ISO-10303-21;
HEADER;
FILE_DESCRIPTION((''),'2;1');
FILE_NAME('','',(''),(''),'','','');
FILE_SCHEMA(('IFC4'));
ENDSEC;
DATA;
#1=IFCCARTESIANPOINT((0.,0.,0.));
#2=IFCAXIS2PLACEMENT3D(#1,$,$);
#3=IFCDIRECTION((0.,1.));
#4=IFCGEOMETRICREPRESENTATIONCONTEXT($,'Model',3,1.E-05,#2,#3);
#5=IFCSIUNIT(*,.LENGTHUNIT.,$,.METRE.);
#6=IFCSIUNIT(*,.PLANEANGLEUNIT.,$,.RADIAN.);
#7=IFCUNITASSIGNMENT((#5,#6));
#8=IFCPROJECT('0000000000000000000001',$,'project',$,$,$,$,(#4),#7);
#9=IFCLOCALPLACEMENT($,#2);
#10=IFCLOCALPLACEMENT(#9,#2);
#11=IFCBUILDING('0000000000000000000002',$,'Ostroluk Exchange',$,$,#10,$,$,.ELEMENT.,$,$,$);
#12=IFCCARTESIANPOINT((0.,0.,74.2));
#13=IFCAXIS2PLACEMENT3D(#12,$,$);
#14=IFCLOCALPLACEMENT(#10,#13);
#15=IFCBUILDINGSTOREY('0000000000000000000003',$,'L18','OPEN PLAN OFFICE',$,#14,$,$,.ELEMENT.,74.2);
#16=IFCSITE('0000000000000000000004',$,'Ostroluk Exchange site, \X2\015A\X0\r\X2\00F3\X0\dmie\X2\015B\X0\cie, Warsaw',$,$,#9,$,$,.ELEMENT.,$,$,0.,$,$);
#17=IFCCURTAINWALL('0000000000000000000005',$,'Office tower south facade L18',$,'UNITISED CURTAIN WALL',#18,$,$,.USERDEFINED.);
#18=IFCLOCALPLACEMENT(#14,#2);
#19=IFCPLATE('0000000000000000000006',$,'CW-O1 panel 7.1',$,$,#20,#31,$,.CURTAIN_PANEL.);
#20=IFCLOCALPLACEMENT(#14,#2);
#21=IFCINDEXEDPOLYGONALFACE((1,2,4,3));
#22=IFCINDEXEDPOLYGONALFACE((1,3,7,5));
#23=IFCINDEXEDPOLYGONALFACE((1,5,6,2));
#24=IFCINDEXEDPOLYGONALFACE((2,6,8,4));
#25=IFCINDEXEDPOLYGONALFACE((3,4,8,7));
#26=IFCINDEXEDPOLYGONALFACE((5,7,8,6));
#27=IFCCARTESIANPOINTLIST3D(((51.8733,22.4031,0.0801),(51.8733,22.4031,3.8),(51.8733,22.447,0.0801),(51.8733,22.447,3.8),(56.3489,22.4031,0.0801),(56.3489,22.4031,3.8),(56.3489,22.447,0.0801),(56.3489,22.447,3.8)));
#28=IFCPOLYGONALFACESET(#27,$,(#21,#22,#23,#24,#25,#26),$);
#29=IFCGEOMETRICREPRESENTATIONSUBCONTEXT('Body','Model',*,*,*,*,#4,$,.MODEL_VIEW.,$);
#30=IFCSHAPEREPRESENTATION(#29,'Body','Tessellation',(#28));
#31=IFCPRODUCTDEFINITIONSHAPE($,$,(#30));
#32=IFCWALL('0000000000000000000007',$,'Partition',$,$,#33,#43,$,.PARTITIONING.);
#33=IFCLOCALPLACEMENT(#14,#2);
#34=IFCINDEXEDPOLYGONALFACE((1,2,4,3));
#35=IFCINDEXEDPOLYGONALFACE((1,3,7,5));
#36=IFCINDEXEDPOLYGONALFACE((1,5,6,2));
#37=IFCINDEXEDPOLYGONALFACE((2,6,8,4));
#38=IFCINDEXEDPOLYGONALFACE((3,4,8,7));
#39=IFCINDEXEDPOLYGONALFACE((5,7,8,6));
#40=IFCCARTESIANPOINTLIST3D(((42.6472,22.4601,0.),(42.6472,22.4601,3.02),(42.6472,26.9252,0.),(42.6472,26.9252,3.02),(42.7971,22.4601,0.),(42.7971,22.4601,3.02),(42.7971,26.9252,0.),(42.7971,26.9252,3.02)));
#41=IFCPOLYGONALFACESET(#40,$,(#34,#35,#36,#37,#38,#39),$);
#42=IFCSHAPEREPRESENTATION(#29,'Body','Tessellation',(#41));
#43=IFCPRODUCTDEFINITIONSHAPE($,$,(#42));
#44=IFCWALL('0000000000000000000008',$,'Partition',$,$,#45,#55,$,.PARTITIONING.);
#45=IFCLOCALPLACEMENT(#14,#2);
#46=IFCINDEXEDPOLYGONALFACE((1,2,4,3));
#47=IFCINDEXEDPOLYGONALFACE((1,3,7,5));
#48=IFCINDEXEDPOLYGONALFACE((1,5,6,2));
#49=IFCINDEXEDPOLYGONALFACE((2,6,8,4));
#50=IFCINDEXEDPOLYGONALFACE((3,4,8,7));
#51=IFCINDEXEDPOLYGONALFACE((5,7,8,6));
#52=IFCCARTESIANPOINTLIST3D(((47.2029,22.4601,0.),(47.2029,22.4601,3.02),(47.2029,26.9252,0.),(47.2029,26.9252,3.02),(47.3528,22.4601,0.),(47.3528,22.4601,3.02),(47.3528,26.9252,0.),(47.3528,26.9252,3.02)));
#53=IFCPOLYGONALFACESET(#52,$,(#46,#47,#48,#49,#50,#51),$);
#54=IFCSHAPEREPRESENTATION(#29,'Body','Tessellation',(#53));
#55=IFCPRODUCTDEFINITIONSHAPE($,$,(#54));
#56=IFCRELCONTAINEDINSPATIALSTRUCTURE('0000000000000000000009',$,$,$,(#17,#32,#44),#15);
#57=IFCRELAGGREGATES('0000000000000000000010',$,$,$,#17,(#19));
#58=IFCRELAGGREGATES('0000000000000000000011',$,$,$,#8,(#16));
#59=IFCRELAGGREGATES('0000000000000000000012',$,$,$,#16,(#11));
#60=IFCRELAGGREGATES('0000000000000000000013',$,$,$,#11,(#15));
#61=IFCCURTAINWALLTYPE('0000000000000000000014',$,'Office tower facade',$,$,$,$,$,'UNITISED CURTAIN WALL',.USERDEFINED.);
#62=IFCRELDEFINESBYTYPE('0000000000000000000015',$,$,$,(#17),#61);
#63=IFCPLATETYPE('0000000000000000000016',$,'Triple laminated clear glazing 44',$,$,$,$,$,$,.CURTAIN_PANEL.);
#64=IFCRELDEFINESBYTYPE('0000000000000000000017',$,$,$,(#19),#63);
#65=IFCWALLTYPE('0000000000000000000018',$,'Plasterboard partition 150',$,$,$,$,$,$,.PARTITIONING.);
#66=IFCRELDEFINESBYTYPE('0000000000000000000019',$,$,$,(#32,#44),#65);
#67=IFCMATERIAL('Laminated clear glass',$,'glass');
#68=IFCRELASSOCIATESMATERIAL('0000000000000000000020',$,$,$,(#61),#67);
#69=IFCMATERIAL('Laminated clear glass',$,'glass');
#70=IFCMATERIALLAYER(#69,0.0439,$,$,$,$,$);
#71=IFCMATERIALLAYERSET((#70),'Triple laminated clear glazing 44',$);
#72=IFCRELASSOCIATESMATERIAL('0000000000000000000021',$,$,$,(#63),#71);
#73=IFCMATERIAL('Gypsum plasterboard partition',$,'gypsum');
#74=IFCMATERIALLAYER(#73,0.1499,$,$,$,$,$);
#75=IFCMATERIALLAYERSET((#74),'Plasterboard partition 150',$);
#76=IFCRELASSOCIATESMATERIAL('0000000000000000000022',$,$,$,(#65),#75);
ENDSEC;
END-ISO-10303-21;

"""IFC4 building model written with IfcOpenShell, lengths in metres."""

from ifc_helpers import new_model, si_unit, direction, frame, frame_2d, origin, origin_2d, place, context, subcontext, project, spatial, rectangle, extrude, material, layer, layer_set, type_object, element, aggregate, save


model = new_model("IFC4")

# Units and contexts
model_context = context("Model", 3, precision=1e-05, world=origin(), true_north=direction((0.0, 1.0)))
body_context = subcontext(model_context, "Body", "Model", "MODEL_VIEW")
ifc_project = project(units=[si_unit("LENGTHUNIT", "METRE"), si_unit("PLANEANGLEUNIT", "RADIAN")], contexts=[model_context])

# Site, building, storey
site_placement = place(None, origin())
site = spatial("IfcSite", under=ifc_project, at=site_placement, Name="Ostroluk Exchange site, Śródmieście, Warsaw", CompositionType="ELEMENT", RefElevation=0.0)
building_placement = place(site_placement, origin())
building = spatial("IfcBuilding", under=site, at=building_placement, Name="Ostroluk Exchange", CompositionType="ELEMENT")
storey_placement = place(building_placement, frame((0.0, 0.0, 74.2)))
storey = spatial("IfcBuildingStorey", under=building, at=storey_placement, Name="L18", Description="OPEN PLAN OFFICE", CompositionType="ELEMENT", Elevation=74.2)

# Curtain wall, plate
ifc_material_1 = material(Name="Laminated clear glass", Category="glass")
curtain_wall_type = type_object("IfcCurtainWallType", Name="Office tower facade", ElementType="UNITISED CURTAIN WALL", PredefinedType="USERDEFINED", material=ifc_material_1)
curtain_wall_placement = place(storey_placement, origin())
curtain_wall = element("IfcCurtainWall", 1, at=curtain_wall_placement, inside=storey, type_object=curtain_wall_type, Name="Office tower south facade L18", ObjectType="UNITISED CURTAIN WALL", PredefinedType="USERDEFINED")
ifc_material_2 = material(Name="Laminated clear glass", Category="glass")
ifc_layer_1 = layer(ifc_material_2, 0.0439)
ifc_layer_set_1 = layer_set([ifc_layer_1], Name="Triple laminated clear glazing 44")
plate_type = type_object("IfcPlateType", Name="Triple laminated clear glazing 44", PredefinedType="CURTAIN_PANEL", material=ifc_layer_set_1)
plate_1_placement = place(storey_placement, frame((54.1111, 22.425, 0.0801), z_axis=(0.0, 0.0, 1.0), x_axis=(1.0, 0.0, 0.0)))
plate_1 = element("IfcPlate", 2, at=plate_1_placement, type_object=plate_type, Name="CW-O1 panel 7.1", PredefinedType="CURTAIN_PANEL", context=body_context, shape_type="SweptSolid", body=[
    extrude(rectangle(XDim=4.4756, YDim=0.0439, at=origin_2d()), origin(), (0.0, 0.0, 1.0), 3.72),
])
aggregate(curtain_wall, [plate_1])

# Walls
ifc_material_3 = material(Name="Gypsum plasterboard partition", Category="gypsum")
ifc_layer_2 = layer(ifc_material_3, 0.1499)
ifc_layer_set_2 = layer_set([ifc_layer_2], Name="Plasterboard partition 150")
wall_type = type_object("IfcWallType", Name="Plasterboard partition 150", PredefinedType="PARTITIONING", material=ifc_layer_set_2)
for number, where, z_axis, x_axis, name in (
    (3, (42.7222, 26.925, 0.0), (0.0, 0.0, 1.0), (0.0, -1.0, 0.0), "Partition"),
    (4, (47.2778, 26.925, 0.0), (0.0, 0.0, 1.0), (0.0, -1.0, 0.0), "Partition"),
):
    element("IfcWall", number, at=place(storey_placement, frame(where, z_axis=z_axis, x_axis=x_axis)), inside=storey, type_object=wall_type, Name=name, PredefinedType="PARTITIONING", context=body_context, shape_type="SweptSolid", body=[
        extrude(rectangle(XDim=4.4651, YDim=0.1499, at=frame_2d((2.2324, 0.0))), origin(), (0.0, 0.0, 1.0), 3.02),
    ])

save(model, "model.ifc")
